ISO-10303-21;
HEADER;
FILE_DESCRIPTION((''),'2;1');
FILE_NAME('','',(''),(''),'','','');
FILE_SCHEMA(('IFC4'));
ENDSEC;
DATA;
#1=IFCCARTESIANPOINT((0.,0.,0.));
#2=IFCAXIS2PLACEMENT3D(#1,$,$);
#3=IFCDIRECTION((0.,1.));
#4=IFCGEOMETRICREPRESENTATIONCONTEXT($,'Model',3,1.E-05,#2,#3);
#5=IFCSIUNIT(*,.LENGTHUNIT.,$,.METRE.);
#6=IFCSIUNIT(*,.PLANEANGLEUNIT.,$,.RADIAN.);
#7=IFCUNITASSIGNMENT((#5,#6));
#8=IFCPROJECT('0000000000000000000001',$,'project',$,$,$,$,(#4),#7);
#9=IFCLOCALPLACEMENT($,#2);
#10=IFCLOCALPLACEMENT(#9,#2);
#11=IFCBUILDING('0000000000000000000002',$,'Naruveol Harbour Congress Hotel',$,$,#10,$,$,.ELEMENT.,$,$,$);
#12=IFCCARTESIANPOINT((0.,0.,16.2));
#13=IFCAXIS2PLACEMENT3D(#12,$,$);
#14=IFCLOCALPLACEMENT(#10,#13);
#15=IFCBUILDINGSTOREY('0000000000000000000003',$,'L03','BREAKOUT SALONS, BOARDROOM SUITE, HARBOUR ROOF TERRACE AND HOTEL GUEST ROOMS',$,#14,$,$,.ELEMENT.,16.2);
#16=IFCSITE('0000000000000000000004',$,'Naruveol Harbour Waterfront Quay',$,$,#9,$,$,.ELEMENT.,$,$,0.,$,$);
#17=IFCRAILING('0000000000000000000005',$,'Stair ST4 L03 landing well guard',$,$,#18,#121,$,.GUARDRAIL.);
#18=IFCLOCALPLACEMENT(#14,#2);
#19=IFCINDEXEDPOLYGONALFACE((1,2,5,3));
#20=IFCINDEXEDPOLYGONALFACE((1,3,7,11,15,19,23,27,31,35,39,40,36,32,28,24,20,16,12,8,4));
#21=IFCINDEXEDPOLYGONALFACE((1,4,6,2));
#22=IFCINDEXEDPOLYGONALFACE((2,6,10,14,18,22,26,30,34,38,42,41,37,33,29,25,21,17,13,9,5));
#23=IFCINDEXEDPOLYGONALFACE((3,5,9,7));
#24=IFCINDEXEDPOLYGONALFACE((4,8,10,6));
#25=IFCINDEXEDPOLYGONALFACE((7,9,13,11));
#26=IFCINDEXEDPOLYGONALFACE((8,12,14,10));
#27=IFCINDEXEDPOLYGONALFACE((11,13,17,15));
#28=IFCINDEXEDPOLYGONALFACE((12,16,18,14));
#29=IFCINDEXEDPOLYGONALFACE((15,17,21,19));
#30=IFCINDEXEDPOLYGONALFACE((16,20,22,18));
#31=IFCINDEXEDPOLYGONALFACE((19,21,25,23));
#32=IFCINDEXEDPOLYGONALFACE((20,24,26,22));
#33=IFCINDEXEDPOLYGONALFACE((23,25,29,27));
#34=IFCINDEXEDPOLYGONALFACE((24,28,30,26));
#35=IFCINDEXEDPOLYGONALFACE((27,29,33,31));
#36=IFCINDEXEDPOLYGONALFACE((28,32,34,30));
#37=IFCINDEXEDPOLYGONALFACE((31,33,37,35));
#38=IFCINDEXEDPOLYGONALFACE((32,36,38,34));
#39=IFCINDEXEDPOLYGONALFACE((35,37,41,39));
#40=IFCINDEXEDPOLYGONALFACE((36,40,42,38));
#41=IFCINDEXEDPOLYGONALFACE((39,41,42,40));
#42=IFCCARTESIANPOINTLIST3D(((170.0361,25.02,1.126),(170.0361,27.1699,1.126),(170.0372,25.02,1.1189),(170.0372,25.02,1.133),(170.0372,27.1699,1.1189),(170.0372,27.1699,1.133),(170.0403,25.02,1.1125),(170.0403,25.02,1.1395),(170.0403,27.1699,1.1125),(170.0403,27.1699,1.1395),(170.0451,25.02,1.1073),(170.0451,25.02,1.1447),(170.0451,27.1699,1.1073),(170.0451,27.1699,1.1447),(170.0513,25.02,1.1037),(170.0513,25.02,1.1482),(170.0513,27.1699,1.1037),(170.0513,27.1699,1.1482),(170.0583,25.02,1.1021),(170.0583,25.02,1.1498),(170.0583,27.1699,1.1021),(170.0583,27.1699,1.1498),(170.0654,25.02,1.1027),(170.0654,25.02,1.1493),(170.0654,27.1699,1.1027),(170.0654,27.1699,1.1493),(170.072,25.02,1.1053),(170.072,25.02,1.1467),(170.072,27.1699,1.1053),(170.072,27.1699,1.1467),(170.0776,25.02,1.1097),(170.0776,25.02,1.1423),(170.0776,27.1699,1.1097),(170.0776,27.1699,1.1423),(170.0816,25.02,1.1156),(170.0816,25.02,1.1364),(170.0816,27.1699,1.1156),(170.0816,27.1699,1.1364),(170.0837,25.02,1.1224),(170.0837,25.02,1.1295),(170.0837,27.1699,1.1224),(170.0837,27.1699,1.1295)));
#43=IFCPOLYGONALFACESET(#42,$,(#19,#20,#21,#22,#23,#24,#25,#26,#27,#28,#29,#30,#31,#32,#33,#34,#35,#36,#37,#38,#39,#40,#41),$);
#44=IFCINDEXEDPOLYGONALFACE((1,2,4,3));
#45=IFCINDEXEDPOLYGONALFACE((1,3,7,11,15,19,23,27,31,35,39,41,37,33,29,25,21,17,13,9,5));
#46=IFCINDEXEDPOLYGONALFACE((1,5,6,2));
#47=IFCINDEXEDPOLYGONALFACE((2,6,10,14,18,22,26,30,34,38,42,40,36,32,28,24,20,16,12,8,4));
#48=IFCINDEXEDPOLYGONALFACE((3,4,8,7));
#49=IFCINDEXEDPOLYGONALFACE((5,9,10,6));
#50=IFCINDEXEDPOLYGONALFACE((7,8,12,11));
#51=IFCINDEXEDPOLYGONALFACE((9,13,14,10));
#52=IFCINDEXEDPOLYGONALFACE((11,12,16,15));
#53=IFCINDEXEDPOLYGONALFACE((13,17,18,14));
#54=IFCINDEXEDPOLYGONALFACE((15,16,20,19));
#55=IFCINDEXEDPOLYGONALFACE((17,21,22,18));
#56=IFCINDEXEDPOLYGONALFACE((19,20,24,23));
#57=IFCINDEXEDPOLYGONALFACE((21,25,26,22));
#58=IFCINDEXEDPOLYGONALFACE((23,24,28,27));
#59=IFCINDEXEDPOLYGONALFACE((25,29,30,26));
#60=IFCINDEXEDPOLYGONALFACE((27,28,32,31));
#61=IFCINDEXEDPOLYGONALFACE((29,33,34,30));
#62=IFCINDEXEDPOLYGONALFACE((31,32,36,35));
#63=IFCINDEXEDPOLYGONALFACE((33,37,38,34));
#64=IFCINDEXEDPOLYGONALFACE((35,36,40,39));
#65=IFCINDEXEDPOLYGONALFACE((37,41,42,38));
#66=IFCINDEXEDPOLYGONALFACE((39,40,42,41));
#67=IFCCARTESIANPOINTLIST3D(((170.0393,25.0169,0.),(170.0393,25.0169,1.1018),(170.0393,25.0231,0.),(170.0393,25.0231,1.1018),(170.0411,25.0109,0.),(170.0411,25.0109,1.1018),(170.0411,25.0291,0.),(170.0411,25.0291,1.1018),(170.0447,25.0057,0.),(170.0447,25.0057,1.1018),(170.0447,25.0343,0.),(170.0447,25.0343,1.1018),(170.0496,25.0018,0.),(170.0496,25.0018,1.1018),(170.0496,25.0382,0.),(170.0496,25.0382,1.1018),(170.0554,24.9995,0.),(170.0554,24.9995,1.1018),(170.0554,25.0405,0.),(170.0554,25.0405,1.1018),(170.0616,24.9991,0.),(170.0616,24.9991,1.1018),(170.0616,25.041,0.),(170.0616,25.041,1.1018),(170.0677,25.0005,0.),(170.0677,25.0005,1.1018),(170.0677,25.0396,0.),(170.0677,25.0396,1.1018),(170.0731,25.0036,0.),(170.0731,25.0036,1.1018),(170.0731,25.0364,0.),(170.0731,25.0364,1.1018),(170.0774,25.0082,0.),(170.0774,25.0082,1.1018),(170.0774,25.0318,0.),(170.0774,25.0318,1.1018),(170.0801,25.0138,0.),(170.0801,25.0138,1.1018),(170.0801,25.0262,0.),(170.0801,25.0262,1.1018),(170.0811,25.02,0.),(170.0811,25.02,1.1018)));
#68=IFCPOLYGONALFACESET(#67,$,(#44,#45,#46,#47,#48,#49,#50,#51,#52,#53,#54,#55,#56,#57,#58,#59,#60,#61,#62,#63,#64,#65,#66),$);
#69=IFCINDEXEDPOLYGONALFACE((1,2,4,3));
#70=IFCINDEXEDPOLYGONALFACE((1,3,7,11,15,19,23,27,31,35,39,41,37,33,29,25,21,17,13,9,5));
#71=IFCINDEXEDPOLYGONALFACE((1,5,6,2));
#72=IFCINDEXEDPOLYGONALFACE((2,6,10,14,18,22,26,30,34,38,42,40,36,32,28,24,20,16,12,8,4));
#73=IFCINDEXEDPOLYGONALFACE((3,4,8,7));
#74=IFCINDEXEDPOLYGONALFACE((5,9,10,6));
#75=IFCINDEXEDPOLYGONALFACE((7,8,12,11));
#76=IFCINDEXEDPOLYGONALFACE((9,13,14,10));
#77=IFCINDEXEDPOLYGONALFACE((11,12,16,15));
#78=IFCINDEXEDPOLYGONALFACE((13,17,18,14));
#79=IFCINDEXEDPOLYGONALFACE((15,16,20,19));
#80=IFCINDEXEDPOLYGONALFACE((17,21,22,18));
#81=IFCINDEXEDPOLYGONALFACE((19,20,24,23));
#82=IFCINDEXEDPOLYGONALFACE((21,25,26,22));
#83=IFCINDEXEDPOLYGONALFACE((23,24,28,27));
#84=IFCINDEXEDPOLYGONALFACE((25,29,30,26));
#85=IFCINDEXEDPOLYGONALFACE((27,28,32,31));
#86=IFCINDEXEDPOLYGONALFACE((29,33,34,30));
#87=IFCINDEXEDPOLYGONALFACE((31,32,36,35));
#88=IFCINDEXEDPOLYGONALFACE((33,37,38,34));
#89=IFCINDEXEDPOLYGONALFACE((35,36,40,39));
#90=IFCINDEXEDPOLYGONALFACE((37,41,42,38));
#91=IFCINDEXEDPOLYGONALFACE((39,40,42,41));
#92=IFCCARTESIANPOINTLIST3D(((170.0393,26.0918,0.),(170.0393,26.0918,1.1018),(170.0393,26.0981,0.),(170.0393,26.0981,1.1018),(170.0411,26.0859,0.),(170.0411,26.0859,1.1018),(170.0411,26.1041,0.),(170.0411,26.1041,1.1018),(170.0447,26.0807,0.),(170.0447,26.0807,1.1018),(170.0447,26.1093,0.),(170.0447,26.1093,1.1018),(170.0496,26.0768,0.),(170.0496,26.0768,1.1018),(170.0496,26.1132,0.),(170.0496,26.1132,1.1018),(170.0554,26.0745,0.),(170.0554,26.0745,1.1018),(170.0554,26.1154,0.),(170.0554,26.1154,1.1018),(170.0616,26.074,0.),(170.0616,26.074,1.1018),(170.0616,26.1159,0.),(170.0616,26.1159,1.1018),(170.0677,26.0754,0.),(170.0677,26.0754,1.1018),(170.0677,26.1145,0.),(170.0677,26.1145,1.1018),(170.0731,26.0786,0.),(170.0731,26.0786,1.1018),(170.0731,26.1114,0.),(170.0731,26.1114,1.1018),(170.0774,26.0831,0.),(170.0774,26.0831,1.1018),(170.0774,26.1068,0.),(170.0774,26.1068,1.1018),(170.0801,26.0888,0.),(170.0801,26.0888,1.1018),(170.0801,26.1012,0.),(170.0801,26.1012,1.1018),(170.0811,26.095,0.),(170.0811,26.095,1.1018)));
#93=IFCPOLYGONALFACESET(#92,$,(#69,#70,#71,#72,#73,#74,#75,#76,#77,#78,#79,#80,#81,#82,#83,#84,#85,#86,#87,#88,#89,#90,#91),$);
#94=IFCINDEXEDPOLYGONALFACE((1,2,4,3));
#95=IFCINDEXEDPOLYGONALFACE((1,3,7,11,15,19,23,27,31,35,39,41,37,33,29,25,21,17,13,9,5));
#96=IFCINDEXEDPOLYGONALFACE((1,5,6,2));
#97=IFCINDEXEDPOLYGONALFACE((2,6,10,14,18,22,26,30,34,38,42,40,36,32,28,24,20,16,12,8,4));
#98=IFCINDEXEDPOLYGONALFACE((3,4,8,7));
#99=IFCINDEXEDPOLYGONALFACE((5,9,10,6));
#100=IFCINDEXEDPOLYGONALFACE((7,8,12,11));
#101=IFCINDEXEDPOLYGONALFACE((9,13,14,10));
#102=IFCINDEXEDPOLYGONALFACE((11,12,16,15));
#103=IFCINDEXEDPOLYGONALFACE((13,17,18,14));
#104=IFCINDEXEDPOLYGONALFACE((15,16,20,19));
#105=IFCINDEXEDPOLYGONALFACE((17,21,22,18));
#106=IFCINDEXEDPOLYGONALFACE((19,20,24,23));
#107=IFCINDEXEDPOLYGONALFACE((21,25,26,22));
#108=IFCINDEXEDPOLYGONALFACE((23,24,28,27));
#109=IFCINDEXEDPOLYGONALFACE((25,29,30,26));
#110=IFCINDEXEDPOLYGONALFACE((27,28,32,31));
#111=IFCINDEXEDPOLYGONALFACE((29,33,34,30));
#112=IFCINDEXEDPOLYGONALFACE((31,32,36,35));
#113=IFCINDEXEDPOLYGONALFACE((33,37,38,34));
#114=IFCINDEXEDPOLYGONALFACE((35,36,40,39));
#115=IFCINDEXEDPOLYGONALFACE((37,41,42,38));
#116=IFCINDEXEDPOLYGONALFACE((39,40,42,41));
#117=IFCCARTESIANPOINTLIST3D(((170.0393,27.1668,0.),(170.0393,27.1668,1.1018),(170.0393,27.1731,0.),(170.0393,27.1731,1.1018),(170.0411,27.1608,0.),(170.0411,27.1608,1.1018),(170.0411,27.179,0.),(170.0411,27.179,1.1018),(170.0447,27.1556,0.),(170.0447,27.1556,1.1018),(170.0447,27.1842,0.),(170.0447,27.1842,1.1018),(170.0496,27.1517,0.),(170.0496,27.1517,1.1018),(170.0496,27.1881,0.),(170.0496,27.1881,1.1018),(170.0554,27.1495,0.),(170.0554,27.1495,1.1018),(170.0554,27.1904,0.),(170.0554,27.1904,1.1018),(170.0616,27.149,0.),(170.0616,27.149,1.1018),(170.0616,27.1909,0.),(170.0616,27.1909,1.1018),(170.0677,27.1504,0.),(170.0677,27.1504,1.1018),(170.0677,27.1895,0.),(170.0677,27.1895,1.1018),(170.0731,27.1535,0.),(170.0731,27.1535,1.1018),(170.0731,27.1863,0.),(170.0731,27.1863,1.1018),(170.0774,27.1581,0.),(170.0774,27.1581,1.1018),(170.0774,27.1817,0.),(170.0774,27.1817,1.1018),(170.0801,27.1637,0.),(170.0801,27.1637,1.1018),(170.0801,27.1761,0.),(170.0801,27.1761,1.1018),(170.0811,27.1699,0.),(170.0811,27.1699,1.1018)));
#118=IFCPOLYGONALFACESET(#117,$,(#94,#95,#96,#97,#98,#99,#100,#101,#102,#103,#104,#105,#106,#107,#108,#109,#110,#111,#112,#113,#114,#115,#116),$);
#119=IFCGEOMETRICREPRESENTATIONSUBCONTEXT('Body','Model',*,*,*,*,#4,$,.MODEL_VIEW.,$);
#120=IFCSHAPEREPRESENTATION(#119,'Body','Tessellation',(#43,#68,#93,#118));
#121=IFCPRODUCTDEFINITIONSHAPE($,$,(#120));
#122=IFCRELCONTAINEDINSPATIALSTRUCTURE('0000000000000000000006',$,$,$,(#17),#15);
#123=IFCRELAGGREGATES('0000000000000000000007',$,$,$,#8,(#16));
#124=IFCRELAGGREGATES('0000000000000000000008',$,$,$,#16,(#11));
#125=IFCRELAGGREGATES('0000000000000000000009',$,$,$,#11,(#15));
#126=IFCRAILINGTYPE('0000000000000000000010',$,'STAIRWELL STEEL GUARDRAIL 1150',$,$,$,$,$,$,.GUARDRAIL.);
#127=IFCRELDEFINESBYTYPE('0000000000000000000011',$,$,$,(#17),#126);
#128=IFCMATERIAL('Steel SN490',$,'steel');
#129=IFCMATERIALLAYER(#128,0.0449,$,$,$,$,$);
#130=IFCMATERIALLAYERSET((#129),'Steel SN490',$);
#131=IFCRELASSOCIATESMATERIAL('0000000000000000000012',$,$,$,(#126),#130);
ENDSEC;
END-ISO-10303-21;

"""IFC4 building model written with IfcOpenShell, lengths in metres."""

from ifc_helpers import new_model, si_unit, direction, frame, origin, origin_2d, place, context, subcontext, project, spatial, circle, extrude, material, layer, layer_set, type_object, element, save


model = new_model("IFC4")

# Units and contexts
model_context = context("Model", 3, precision=1e-05, world=origin(), true_north=direction((0.0, 1.0)))
body_context = subcontext(model_context, "Body", "Model", "MODEL_VIEW")
ifc_project = project(units=[si_unit("LENGTHUNIT", "METRE"), si_unit("PLANEANGLEUNIT", "RADIAN")], contexts=[model_context])

# Site, building, storey
site_placement = place(None, origin())
site = spatial("IfcSite", under=ifc_project, at=site_placement, Name="Naruveol Harbour Waterfront Quay", CompositionType="ELEMENT", RefElevation=0.0)
building_placement = place(site_placement, origin())
building = spatial("IfcBuilding", under=site, at=building_placement, Name="Naruveol Harbour Congress Hotel", CompositionType="ELEMENT")
storey_placement = place(building_placement, frame((0.0, 0.0, 16.2)))
storey = spatial("IfcBuildingStorey", under=building, at=storey_placement, Name="L03", Description="BREAKOUT SALONS, BOARDROOM SUITE, HARBOUR ROOF TERRACE AND HOTEL GUEST ROOMS", CompositionType="ELEMENT", Elevation=16.2)

# Railing
ifc_material_1 = material(Name="Steel SN490", Category="steel")
ifc_layer_1 = layer(ifc_material_1, 0.0449)
ifc_layer_set_1 = layer_set([ifc_layer_1], Name="Steel SN490")
railing_type_1 = type_object("IfcRailingType", Name="STAIRWELL STEEL GUARDRAIL 1150", PredefinedType="GUARDRAIL", material=ifc_layer_set_1)
railing_1_placement = place(storey_placement, frame((170.0601, 25.02, 0.0)))
element("IfcRailing", 1, at=railing_1_placement, inside=storey, type_object=railing_type_1, Name="Stair ST4 L03 landing well guard", PredefinedType="GUARDRAIL", context=body_context, shape_type="SweptSolid", body=[
    extrude(circle(Radius=0.0239, at=origin_2d()), frame((0.0, 0.0, 1.126), z_axis=(0.0, 1.0, 0.0), x_axis=(-1.0, 0.0, 0.0)), (0.0, 0.0, 1.0), 2.1499),
    extrude(circle(Radius=0.021, at=origin_2d()), origin(), (0.0, 0.0, 1.0), 1.1018),
    extrude(circle(Radius=0.021, at=origin_2d()), frame((0.0, 1.075, 0.0)), (0.0, 0.0, 1.0), 1.1018),
    extrude(circle(Radius=0.021, at=origin_2d()), frame((0.0, 2.1499, 0.0)), (0.0, 0.0, 1.0), 1.1018),
])

save(model, "model.ifc")
